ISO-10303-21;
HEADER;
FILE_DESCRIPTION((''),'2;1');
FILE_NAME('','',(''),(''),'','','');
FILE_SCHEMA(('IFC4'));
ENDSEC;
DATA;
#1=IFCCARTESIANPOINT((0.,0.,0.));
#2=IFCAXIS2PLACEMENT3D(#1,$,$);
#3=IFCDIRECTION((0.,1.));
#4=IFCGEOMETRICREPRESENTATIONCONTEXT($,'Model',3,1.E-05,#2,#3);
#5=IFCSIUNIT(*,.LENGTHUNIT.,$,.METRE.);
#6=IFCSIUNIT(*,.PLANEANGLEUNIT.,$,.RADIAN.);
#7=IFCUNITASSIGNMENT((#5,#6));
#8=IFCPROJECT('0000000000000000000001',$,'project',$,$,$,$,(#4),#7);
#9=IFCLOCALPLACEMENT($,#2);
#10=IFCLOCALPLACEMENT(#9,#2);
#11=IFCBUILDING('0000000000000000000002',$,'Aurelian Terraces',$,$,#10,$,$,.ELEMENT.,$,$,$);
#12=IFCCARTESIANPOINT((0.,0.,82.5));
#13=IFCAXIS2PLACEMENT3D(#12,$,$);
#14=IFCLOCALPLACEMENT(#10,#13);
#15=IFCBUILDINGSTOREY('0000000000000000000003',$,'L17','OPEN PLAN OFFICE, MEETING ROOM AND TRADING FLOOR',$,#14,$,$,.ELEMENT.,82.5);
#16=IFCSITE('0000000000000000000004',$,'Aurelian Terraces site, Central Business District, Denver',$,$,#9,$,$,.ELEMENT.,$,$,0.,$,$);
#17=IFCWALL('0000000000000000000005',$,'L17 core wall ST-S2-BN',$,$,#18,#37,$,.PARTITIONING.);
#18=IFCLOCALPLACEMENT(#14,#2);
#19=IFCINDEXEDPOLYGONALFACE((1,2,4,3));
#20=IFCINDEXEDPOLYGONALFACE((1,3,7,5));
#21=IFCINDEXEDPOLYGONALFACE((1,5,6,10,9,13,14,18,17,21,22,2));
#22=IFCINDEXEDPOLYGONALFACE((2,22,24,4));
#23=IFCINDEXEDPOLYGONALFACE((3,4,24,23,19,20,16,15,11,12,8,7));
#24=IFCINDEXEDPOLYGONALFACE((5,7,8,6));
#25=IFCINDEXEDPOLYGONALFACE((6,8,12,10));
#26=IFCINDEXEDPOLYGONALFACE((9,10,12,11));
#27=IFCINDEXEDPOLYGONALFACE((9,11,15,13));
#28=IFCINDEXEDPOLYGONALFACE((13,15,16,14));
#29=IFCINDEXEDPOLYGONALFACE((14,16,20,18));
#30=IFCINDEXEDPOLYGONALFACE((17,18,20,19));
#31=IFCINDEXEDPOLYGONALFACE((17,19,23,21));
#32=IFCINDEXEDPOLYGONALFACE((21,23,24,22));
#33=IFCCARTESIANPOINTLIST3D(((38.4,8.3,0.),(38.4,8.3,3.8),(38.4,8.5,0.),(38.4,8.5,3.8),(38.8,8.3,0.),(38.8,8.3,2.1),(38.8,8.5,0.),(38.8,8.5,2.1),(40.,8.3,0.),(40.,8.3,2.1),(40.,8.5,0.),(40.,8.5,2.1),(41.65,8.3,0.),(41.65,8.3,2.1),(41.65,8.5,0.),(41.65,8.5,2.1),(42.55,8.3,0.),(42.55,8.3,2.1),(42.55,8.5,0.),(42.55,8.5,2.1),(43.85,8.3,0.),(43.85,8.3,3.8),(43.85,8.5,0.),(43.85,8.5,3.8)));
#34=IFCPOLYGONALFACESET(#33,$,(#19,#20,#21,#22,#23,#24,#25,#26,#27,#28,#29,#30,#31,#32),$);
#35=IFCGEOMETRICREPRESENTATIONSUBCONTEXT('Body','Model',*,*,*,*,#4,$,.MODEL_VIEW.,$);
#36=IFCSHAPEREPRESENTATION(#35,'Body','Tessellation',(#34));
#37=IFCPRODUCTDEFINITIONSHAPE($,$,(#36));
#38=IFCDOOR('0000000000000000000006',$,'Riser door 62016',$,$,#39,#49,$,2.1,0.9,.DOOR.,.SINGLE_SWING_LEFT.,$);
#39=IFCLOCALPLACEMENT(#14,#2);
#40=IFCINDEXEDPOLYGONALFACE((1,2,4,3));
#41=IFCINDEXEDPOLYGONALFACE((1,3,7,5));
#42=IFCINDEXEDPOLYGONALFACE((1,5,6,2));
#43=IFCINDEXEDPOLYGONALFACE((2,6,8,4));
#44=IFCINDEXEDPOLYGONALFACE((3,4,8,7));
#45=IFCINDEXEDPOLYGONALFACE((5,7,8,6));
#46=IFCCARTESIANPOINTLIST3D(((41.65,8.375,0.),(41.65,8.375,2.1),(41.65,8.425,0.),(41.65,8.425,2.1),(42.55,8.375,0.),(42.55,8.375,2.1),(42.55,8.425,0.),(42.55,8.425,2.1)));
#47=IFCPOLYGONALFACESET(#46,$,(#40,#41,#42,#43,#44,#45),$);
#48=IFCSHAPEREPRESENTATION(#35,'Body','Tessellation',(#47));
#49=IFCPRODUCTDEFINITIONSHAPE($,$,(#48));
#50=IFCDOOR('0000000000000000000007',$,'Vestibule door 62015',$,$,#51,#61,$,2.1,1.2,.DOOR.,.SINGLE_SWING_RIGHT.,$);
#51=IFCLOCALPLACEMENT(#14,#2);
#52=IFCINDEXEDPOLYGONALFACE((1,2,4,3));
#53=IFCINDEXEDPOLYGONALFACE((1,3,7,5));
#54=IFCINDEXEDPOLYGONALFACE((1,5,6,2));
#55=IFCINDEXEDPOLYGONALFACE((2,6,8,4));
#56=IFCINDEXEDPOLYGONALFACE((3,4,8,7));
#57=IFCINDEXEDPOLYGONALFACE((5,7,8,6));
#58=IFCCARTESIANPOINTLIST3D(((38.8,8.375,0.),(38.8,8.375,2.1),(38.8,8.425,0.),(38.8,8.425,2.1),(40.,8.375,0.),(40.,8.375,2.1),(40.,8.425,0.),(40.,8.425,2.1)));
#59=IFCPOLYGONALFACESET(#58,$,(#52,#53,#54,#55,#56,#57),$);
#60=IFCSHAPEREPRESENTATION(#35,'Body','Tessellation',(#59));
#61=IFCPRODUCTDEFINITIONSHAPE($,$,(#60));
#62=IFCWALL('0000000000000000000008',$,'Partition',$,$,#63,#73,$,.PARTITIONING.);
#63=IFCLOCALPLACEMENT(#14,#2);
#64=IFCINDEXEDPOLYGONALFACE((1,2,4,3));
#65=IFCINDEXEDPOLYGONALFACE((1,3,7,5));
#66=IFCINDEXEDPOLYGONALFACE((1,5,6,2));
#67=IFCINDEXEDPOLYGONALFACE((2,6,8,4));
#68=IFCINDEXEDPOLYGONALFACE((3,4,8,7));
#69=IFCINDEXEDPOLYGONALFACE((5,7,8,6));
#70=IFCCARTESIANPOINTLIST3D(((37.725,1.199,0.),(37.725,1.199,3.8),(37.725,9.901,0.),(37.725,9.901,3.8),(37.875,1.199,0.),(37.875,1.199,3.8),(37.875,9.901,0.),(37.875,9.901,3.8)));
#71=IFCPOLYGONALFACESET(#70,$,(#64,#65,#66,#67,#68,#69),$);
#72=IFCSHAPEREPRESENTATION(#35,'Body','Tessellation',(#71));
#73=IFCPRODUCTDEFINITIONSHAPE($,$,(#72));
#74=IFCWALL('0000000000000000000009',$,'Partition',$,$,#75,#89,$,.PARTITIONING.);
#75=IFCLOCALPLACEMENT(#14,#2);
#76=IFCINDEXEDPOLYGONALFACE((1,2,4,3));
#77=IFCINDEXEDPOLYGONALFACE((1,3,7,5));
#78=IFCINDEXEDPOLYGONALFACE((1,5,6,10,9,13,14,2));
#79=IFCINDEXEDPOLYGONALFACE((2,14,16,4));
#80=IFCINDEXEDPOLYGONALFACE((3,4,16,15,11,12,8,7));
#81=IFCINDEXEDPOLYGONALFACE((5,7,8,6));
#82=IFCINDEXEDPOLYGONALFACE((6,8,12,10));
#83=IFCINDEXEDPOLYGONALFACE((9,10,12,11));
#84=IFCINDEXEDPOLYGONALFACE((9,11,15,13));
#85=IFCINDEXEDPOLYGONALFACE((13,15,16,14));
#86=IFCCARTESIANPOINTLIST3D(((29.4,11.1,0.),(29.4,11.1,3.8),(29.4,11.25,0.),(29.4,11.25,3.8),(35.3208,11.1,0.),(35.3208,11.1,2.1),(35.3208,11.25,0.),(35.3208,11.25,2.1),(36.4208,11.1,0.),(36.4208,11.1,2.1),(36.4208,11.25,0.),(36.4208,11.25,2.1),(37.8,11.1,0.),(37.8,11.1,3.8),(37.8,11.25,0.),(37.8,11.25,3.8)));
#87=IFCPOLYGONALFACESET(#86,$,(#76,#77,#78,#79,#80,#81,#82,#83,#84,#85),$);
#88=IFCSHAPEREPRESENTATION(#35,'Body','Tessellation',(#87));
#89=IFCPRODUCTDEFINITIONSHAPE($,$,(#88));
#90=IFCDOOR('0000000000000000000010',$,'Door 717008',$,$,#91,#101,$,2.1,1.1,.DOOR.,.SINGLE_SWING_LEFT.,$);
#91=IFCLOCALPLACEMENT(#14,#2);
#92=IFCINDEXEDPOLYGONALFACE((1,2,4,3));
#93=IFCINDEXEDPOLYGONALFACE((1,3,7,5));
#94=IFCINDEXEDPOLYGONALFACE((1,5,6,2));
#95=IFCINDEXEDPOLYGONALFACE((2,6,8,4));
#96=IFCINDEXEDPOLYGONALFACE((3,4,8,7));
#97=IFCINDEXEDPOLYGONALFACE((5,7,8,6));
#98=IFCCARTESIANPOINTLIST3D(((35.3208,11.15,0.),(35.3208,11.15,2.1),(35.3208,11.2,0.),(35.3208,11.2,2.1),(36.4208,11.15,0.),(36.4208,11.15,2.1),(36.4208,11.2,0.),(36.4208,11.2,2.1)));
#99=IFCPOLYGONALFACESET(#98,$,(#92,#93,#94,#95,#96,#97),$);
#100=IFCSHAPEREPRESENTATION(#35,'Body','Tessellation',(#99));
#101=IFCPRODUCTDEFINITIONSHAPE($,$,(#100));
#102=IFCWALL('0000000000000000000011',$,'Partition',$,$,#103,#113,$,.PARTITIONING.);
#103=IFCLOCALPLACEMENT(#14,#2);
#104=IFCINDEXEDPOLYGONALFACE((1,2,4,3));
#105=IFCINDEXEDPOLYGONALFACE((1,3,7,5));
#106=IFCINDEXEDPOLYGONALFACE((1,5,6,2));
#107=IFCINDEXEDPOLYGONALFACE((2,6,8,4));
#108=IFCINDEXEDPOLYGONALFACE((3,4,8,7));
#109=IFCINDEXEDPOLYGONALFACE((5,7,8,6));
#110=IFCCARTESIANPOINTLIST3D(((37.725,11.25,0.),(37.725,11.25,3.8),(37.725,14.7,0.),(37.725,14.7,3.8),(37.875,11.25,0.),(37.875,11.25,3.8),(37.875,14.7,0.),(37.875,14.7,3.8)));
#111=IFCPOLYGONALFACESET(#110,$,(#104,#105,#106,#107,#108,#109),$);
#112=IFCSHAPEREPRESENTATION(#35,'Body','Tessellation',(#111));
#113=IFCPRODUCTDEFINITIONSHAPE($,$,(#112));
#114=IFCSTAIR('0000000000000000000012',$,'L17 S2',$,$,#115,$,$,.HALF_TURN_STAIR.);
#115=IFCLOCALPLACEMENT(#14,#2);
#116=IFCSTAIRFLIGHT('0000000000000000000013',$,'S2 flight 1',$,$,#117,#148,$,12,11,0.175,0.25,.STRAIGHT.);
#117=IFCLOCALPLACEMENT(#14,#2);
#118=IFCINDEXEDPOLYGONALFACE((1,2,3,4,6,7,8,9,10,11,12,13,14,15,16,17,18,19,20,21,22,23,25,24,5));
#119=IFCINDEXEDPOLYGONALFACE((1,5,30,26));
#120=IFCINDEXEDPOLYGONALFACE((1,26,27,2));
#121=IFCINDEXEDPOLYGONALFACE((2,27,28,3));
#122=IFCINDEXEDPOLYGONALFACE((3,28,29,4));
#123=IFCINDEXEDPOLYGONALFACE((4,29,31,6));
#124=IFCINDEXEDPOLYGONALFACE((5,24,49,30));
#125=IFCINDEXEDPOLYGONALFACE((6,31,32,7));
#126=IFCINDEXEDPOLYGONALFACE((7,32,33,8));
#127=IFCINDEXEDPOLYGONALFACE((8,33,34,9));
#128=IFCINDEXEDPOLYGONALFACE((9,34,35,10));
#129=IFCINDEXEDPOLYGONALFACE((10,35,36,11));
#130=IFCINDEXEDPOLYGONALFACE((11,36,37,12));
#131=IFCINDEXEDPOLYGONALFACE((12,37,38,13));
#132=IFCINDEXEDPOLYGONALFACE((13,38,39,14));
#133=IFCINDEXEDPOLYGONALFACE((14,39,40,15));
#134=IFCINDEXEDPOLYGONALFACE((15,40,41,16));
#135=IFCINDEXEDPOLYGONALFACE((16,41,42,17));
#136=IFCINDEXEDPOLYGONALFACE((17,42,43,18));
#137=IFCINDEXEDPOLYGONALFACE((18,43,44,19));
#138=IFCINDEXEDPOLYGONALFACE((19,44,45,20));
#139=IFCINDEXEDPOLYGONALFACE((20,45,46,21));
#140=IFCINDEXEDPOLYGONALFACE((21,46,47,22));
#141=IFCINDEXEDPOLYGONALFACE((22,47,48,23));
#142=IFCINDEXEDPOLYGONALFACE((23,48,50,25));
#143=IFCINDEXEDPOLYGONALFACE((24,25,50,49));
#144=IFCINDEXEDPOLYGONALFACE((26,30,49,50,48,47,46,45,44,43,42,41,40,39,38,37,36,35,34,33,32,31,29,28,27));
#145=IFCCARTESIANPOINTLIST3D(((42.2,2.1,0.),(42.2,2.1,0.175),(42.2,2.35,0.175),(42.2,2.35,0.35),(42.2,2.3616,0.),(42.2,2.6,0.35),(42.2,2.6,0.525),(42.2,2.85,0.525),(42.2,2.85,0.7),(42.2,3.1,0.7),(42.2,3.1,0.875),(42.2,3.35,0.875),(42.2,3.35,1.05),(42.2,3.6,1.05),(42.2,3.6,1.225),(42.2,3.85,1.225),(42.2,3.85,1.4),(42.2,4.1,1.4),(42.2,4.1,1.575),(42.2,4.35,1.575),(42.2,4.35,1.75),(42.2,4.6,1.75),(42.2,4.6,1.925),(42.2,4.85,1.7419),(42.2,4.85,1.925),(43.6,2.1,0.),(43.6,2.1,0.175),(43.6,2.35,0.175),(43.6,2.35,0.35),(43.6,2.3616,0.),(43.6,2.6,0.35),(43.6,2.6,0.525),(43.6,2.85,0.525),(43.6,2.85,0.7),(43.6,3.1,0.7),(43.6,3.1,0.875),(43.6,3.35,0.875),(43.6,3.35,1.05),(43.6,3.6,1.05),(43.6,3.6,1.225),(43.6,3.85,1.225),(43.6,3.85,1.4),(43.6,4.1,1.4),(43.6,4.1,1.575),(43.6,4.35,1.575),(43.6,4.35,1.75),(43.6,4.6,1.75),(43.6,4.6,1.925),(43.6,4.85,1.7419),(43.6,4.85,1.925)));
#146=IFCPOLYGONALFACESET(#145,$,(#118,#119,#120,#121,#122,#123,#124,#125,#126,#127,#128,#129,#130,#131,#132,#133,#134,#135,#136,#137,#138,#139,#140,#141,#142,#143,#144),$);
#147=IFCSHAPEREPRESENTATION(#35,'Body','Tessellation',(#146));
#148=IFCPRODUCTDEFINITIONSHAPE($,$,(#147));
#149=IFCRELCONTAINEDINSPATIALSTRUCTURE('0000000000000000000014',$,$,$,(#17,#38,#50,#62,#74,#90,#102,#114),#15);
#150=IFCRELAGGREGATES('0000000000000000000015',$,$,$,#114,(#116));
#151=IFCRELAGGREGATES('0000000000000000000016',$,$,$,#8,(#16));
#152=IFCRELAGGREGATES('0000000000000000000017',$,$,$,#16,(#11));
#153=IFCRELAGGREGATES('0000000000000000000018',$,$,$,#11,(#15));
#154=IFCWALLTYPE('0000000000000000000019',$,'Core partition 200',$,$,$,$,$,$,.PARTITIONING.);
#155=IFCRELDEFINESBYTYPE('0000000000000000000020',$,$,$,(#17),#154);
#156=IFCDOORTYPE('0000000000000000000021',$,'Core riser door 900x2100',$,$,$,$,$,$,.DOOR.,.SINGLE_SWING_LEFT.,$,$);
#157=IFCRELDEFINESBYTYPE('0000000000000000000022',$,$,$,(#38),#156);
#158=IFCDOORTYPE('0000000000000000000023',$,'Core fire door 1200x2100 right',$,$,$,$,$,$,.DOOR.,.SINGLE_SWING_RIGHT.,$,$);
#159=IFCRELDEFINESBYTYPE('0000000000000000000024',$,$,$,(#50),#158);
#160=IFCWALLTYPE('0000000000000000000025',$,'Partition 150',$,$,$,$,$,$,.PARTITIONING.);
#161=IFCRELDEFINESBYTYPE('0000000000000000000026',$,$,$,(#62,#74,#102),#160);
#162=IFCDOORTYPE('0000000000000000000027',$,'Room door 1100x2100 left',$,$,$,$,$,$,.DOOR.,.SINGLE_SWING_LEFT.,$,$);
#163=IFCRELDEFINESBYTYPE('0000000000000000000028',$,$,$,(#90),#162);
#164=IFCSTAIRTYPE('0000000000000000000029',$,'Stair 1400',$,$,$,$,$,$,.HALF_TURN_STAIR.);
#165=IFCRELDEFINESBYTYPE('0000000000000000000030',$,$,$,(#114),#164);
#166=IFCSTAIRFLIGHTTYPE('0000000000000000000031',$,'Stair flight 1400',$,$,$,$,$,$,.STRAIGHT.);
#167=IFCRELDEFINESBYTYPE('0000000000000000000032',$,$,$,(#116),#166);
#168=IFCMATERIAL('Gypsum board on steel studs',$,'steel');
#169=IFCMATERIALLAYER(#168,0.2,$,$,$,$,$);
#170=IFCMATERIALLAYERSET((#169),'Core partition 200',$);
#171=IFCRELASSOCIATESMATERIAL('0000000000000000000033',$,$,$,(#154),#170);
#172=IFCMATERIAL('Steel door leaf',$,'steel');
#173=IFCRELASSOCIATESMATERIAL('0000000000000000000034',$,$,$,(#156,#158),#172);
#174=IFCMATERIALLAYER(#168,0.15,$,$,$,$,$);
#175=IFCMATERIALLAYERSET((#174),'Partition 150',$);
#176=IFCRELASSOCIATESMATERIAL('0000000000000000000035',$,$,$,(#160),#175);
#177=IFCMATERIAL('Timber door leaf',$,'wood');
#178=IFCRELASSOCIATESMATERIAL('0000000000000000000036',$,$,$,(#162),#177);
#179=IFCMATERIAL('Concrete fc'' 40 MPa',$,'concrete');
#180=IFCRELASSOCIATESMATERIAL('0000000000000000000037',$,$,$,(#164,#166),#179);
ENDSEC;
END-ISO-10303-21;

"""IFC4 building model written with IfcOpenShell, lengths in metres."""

from ifc_helpers import new_model, si_unit, direction, frame, frame_2d, origin, place, context, subcontext, project, spatial, polyline, rectangle, outline, extrude, source, transform, mapped, material, layer, layer_set, type_object, element, fill, aggregate, save


model = new_model("IFC4")

# Units and contexts
model_context = context("Model", 3, precision=1e-05, world=origin(), true_north=direction((0.0, 1.0)))
body_context = subcontext(model_context, "Body", "Model", "MODEL_VIEW")
ifc_project = project(units=[si_unit("LENGTHUNIT", "METRE"), si_unit("PLANEANGLEUNIT", "RADIAN")], contexts=[model_context])

# Site, building, storey
site_placement = place(None, origin())
site = spatial("IfcSite", under=ifc_project, at=site_placement, Name="Aurelian Terraces site, Central Business District, Denver", CompositionType="ELEMENT", RefElevation=0.0)
building_placement = place(site_placement, origin())
building = spatial("IfcBuilding", under=site, at=building_placement, Name="Aurelian Terraces", CompositionType="ELEMENT")
storey_placement = place(building_placement, frame((0.0, 0.0, 82.5)))
storey = spatial("IfcBuildingStorey", under=building, at=storey_placement, Name="L17", Description="OPEN PLAN OFFICE, MEETING ROOM AND TRADING FLOOR", CompositionType="ELEMENT", Elevation=82.5)

# Shared definitions
ifc_material_1 = material(Name="Concrete fc' 40 MPa", Category="concrete")

# Shared definitions
ifc_material_2 = material(Name="Steel door leaf", Category="steel")
shared_shape_1 = source(origin(), body_context, "Body", "SweptSolid", [
    extrude(rectangle(XDim=1.1, YDim=2.1, at=frame_2d((0.55, 1.05))), frame((0.0, 0.025, 0.0), z_axis=(0.0, -1.0, 0.0), x_axis=(1.0, 0.0, 0.0)), (0.0, 0.0, 1.0), 0.05),
])

# Shared definitions
ifc_material_3 = material(Name="Gypsum board on steel studs", Category="steel")
ifc_layer_1 = layer(ifc_material_3, 0.2)
ifc_layer_set_1 = layer_set([ifc_layer_1], Name="Core partition 200")
wall_type_1 = type_object("IfcWallType", Name="Core partition 200", PredefinedType="PARTITIONING", material=ifc_layer_set_1)

# Wall, openings, doors
shared_shape_2 = source(origin(), body_context, "Body", "SweptSolid", [
    extrude(rectangle(XDim=5.45, YDim=0.2, at=frame_2d((2.725, 0.0))), origin(), (0.0, 0.0, 1.0), 3.8),
])
wall_1_placement = place(storey_placement, frame((38.4, 8.4, 0.0), z_axis=(0.0, 0.0, 1.0), x_axis=(1.0, 0.0, 0.0)))
wall_1 = element("IfcWall", 1, at=wall_1_placement, inside=storey, type_object=wall_type_1, Name="L17 core wall ST-S2-BN", PredefinedType="PARTITIONING", context=body_context, shape_type="MappedRepresentation", body=[
    mapped(shared_shape_2, transform((0.0, 0.0, 0.0), scale=1.0)),
])
shared_shape_3 = source(origin(), body_context, "Body", "SweptSolid", [
    extrude(rectangle(XDim=1.2, YDim=2.1, at=frame_2d((0.6, 1.05))), frame((0.0, 0.11, 0.0), z_axis=(0.0, -1.0, 0.0), x_axis=(1.0, 0.0, 0.0)), (0.0, 0.0, 1.0), 0.22),
])
opening_1_placement = place(wall_1_placement, frame((0.4, 0.0, 0.0)))
opening_1 = element("IfcOpeningElement", 2, at=opening_1_placement, cuts=wall_1, PredefinedType="OPENING", context=body_context, shape_type="MappedRepresentation", body=[
    mapped(shared_shape_3, transform((0.0, 0.0, 0.0), scale=1.0)),
])
shared_shape_4 = source(origin(), body_context, "Body", "SweptSolid", [
    extrude(rectangle(XDim=0.9, YDim=2.1, at=frame_2d((0.45, 1.05))), frame((0.0, 0.11, 0.0), z_axis=(0.0, -1.0, 0.0), x_axis=(1.0, 0.0, 0.0)), (0.0, 0.0, 1.0), 0.22),
])
opening_2_placement = place(wall_1_placement, frame((3.25, 0.0, 0.0)))
opening_2 = element("IfcOpeningElement", 3, at=opening_2_placement, cuts=wall_1, PredefinedType="OPENING", context=body_context, shape_type="MappedRepresentation", body=[
    mapped(shared_shape_4, transform((0.0, 0.0, 0.0), scale=1.0)),
])
door_type_1 = type_object("IfcDoorType", Name="Core riser door 900x2100", OperationType="SINGLE_SWING_LEFT", PredefinedType="DOOR", material=ifc_material_2)
shared_shape_5 = source(origin(), body_context, "Body", "SweptSolid", [
    extrude(rectangle(XDim=0.9, YDim=2.1, at=frame_2d((0.45, 1.05))), frame((0.0, 0.025, 0.0), z_axis=(0.0, -1.0, 0.0), x_axis=(1.0, 0.0, 0.0)), (0.0, 0.0, 1.0), 0.05),
])
door_1_placement = place(opening_2_placement, origin())
door_1 = element("IfcDoor", 4, at=door_1_placement, inside=storey, type_object=door_type_1, Name="Riser door 62016", OperationType="SINGLE_SWING_LEFT", OverallHeight=2.1, OverallWidth=0.9, PredefinedType="DOOR", context=body_context, shape_type="MappedRepresentation", body=[
    mapped(shared_shape_5, transform((0.0, 0.0, 0.0), scale=1.0)),
])
fill(opening_2, door_1)
door_type_2 = type_object("IfcDoorType", Name="Core fire door 1200x2100 right", OperationType="SINGLE_SWING_RIGHT", PredefinedType="DOOR", material=ifc_material_2)
shared_shape_6 = source(origin(), body_context, "Body", "SweptSolid", [
    extrude(rectangle(XDim=1.2, YDim=2.1, at=frame_2d((0.6, 1.05))), frame((0.0, 0.025, 0.0), z_axis=(0.0, -1.0, 0.0), x_axis=(1.0, 0.0, 0.0)), (0.0, 0.0, 1.0), 0.05),
])
door_2_placement = place(opening_1_placement, origin())
door_2 = element("IfcDoor", 5, at=door_2_placement, inside=storey, type_object=door_type_2, Name="Vestibule door 62015", OperationType="SINGLE_SWING_RIGHT", OverallHeight=2.1, OverallWidth=1.2, PredefinedType="DOOR", context=body_context, shape_type="MappedRepresentation", body=[
    mapped(shared_shape_6, transform((0.0, 0.0, 0.0), scale=1.0)),
])
fill(opening_1, door_2)

# Wall
ifc_layer_2 = layer(ifc_material_3, 0.15)
ifc_layer_set_2 = layer_set([ifc_layer_2], Name="Partition 150")
wall_type_2 = type_object("IfcWallType", Name="Partition 150", PredefinedType="PARTITIONING", material=ifc_layer_set_2)
shared_shape_7 = source(origin(), body_context, "Body", "SweptSolid", [
    extrude(rectangle(XDim=8.702, YDim=0.15, at=frame_2d((4.351, 0.0))), origin(), (0.0, 0.0, 1.0), 3.8),
])
wall_2_placement = place(storey_placement, frame((37.8, 1.199, 0.0), z_axis=(0.0, 0.0, 1.0), x_axis=(0.0, 1.0, 0.0)))
element("IfcWall", 6, at=wall_2_placement, inside=storey, type_object=wall_type_2, Name="Partition", PredefinedType="PARTITIONING", context=body_context, shape_type="MappedRepresentation", body=[
    mapped(shared_shape_7, transform((0.0, 0.0, 0.0), scale=1.0)),
])

# Wall, opening, door
shared_shape_8 = source(origin(), body_context, "Body", "SweptSolid", [
    extrude(rectangle(XDim=8.4, YDim=0.15, at=frame_2d((4.2, 0.0))), origin(), (0.0, 0.0, 1.0), 3.8),
])
wall_3_placement = place(storey_placement, frame((37.8, 11.175, 0.0), z_axis=(0.0, 0.0, 1.0), x_axis=(-1.0, 0.0, 0.0)))
wall_3 = element("IfcWall", 7, at=wall_3_placement, inside=storey, type_object=wall_type_2, Name="Partition", PredefinedType="PARTITIONING", context=body_context, shape_type="MappedRepresentation", body=[
    mapped(shared_shape_8, transform((0.0, 0.0, 0.0), scale=1.0)),
])
shared_shape_9 = source(origin(), body_context, "Body", "SweptSolid", [
    extrude(rectangle(XDim=1.1, YDim=2.1, at=frame_2d((0.55, 1.05))), frame((0.0, 0.085, 0.0), z_axis=(0.0, -1.0, 0.0), x_axis=(1.0, 0.0, 0.0)), (0.0, 0.0, 1.0), 0.17),
])
opening_3_placement = place(wall_3_placement, frame((1.3792, 0.0, 0.0)))
opening_3 = element("IfcOpeningElement", 8, at=opening_3_placement, cuts=wall_3, PredefinedType="OPENING", context=body_context, shape_type="MappedRepresentation", body=[
    mapped(shared_shape_9, transform((0.0, 0.0, 0.0), scale=1.0)),
])
ifc_material_4 = material(Name="Timber door leaf", Category="wood")
door_type_3 = type_object("IfcDoorType", Name="Room door 1100x2100 left", OperationType="SINGLE_SWING_LEFT", PredefinedType="DOOR", material=ifc_material_4)
door_3_placement = place(opening_3_placement, origin())
door_3 = element("IfcDoor", 9, at=door_3_placement, inside=storey, type_object=door_type_3, Name="Door 717008", OperationType="SINGLE_SWING_LEFT", OverallHeight=2.1, OverallWidth=1.1, PredefinedType="DOOR", context=body_context, shape_type="MappedRepresentation", body=[
    mapped(shared_shape_1, transform((0.0, 0.0, 0.0), scale=1.0)),
])
fill(opening_3, door_3)

# Wall
shared_shape_10 = source(origin(), body_context, "Body", "SweptSolid", [
    extrude(rectangle(XDim=3.45, YDim=0.15, at=frame_2d((1.725, 0.0))), origin(), (0.0, 0.0, 1.0), 3.8),
])
wall_4_placement = place(storey_placement, frame((37.8, 11.25, 0.0), z_axis=(0.0, 0.0, 1.0), x_axis=(0.0, 1.0, 0.0)))
element("IfcWall", 10, at=wall_4_placement, inside=storey, type_object=wall_type_2, Name="Partition", PredefinedType="PARTITIONING", context=body_context, shape_type="MappedRepresentation", body=[
    mapped(shared_shape_10, transform((0.0, 0.0, 0.0), scale=1.0)),
])

# Stair, stair flight
stair_type = type_object("IfcStairType", Name="Stair 1400", PredefinedType="HALF_TURN_STAIR", material=ifc_material_1)
stair_placement = place(storey_placement, origin())
stair = element("IfcStair", 11, at=stair_placement, inside=storey, type_object=stair_type, Name="L17 S2", PredefinedType="HALF_TURN_STAIR")
stair_flight_type = type_object("IfcStairFlightType", Name="Stair flight 1400", PredefinedType="STRAIGHT", material=ifc_material_1)
shared_shape_11 = source(origin(), body_context, "Body", "SweptSolid", [
    extrude(outline(polyline([(0.0, 0.0), (0.0, 0.175), (0.25, 0.175), (0.25, 0.35), (0.5, 0.35), (0.5, 0.525), (0.75, 0.525), (0.75, 0.7), (1.0, 0.7), (1.0, 0.875), (1.25, 0.875), (1.25, 1.05), (1.5, 1.05), (1.5, 1.225), (1.75, 1.225), (1.75, 1.4), (2.0, 1.4), (2.0, 1.575), (2.25, 1.575), (2.25, 1.75), (2.5, 1.75), (2.5, 1.925), (2.75, 1.925), (2.75, 2.1), (2.75, 1.7419), (0.2616, 0.0), (0.0, 0.0)])), frame((0.0, 0.7, 0.0), z_axis=(0.0, -1.0, 0.0), x_axis=(1.0, 0.0, 0.0)), (0.0, 0.0, 1.0), 1.4),
])
stair_flight_1_placement = place(storey_placement, frame((42.9, 2.1, 0.0), z_axis=(0.0, 0.0, 1.0), x_axis=(0.0, 1.0, 0.0)))
stair_flight_1 = element("IfcStairFlight", 12, at=stair_flight_1_placement, type_object=stair_flight_type, Name="S2 flight 1", NumberOfRisers=12, NumberOfTreads=11, PredefinedType="STRAIGHT", RiserHeight=0.175, TreadLength=0.25, context=body_context, shape_type="MappedRepresentation", body=[
    mapped(shared_shape_11, transform((0.0, 0.0, 0.0), scale=1.0)),
])
aggregate(stair, [stair_flight_1])

save(model, "model.ifc")
